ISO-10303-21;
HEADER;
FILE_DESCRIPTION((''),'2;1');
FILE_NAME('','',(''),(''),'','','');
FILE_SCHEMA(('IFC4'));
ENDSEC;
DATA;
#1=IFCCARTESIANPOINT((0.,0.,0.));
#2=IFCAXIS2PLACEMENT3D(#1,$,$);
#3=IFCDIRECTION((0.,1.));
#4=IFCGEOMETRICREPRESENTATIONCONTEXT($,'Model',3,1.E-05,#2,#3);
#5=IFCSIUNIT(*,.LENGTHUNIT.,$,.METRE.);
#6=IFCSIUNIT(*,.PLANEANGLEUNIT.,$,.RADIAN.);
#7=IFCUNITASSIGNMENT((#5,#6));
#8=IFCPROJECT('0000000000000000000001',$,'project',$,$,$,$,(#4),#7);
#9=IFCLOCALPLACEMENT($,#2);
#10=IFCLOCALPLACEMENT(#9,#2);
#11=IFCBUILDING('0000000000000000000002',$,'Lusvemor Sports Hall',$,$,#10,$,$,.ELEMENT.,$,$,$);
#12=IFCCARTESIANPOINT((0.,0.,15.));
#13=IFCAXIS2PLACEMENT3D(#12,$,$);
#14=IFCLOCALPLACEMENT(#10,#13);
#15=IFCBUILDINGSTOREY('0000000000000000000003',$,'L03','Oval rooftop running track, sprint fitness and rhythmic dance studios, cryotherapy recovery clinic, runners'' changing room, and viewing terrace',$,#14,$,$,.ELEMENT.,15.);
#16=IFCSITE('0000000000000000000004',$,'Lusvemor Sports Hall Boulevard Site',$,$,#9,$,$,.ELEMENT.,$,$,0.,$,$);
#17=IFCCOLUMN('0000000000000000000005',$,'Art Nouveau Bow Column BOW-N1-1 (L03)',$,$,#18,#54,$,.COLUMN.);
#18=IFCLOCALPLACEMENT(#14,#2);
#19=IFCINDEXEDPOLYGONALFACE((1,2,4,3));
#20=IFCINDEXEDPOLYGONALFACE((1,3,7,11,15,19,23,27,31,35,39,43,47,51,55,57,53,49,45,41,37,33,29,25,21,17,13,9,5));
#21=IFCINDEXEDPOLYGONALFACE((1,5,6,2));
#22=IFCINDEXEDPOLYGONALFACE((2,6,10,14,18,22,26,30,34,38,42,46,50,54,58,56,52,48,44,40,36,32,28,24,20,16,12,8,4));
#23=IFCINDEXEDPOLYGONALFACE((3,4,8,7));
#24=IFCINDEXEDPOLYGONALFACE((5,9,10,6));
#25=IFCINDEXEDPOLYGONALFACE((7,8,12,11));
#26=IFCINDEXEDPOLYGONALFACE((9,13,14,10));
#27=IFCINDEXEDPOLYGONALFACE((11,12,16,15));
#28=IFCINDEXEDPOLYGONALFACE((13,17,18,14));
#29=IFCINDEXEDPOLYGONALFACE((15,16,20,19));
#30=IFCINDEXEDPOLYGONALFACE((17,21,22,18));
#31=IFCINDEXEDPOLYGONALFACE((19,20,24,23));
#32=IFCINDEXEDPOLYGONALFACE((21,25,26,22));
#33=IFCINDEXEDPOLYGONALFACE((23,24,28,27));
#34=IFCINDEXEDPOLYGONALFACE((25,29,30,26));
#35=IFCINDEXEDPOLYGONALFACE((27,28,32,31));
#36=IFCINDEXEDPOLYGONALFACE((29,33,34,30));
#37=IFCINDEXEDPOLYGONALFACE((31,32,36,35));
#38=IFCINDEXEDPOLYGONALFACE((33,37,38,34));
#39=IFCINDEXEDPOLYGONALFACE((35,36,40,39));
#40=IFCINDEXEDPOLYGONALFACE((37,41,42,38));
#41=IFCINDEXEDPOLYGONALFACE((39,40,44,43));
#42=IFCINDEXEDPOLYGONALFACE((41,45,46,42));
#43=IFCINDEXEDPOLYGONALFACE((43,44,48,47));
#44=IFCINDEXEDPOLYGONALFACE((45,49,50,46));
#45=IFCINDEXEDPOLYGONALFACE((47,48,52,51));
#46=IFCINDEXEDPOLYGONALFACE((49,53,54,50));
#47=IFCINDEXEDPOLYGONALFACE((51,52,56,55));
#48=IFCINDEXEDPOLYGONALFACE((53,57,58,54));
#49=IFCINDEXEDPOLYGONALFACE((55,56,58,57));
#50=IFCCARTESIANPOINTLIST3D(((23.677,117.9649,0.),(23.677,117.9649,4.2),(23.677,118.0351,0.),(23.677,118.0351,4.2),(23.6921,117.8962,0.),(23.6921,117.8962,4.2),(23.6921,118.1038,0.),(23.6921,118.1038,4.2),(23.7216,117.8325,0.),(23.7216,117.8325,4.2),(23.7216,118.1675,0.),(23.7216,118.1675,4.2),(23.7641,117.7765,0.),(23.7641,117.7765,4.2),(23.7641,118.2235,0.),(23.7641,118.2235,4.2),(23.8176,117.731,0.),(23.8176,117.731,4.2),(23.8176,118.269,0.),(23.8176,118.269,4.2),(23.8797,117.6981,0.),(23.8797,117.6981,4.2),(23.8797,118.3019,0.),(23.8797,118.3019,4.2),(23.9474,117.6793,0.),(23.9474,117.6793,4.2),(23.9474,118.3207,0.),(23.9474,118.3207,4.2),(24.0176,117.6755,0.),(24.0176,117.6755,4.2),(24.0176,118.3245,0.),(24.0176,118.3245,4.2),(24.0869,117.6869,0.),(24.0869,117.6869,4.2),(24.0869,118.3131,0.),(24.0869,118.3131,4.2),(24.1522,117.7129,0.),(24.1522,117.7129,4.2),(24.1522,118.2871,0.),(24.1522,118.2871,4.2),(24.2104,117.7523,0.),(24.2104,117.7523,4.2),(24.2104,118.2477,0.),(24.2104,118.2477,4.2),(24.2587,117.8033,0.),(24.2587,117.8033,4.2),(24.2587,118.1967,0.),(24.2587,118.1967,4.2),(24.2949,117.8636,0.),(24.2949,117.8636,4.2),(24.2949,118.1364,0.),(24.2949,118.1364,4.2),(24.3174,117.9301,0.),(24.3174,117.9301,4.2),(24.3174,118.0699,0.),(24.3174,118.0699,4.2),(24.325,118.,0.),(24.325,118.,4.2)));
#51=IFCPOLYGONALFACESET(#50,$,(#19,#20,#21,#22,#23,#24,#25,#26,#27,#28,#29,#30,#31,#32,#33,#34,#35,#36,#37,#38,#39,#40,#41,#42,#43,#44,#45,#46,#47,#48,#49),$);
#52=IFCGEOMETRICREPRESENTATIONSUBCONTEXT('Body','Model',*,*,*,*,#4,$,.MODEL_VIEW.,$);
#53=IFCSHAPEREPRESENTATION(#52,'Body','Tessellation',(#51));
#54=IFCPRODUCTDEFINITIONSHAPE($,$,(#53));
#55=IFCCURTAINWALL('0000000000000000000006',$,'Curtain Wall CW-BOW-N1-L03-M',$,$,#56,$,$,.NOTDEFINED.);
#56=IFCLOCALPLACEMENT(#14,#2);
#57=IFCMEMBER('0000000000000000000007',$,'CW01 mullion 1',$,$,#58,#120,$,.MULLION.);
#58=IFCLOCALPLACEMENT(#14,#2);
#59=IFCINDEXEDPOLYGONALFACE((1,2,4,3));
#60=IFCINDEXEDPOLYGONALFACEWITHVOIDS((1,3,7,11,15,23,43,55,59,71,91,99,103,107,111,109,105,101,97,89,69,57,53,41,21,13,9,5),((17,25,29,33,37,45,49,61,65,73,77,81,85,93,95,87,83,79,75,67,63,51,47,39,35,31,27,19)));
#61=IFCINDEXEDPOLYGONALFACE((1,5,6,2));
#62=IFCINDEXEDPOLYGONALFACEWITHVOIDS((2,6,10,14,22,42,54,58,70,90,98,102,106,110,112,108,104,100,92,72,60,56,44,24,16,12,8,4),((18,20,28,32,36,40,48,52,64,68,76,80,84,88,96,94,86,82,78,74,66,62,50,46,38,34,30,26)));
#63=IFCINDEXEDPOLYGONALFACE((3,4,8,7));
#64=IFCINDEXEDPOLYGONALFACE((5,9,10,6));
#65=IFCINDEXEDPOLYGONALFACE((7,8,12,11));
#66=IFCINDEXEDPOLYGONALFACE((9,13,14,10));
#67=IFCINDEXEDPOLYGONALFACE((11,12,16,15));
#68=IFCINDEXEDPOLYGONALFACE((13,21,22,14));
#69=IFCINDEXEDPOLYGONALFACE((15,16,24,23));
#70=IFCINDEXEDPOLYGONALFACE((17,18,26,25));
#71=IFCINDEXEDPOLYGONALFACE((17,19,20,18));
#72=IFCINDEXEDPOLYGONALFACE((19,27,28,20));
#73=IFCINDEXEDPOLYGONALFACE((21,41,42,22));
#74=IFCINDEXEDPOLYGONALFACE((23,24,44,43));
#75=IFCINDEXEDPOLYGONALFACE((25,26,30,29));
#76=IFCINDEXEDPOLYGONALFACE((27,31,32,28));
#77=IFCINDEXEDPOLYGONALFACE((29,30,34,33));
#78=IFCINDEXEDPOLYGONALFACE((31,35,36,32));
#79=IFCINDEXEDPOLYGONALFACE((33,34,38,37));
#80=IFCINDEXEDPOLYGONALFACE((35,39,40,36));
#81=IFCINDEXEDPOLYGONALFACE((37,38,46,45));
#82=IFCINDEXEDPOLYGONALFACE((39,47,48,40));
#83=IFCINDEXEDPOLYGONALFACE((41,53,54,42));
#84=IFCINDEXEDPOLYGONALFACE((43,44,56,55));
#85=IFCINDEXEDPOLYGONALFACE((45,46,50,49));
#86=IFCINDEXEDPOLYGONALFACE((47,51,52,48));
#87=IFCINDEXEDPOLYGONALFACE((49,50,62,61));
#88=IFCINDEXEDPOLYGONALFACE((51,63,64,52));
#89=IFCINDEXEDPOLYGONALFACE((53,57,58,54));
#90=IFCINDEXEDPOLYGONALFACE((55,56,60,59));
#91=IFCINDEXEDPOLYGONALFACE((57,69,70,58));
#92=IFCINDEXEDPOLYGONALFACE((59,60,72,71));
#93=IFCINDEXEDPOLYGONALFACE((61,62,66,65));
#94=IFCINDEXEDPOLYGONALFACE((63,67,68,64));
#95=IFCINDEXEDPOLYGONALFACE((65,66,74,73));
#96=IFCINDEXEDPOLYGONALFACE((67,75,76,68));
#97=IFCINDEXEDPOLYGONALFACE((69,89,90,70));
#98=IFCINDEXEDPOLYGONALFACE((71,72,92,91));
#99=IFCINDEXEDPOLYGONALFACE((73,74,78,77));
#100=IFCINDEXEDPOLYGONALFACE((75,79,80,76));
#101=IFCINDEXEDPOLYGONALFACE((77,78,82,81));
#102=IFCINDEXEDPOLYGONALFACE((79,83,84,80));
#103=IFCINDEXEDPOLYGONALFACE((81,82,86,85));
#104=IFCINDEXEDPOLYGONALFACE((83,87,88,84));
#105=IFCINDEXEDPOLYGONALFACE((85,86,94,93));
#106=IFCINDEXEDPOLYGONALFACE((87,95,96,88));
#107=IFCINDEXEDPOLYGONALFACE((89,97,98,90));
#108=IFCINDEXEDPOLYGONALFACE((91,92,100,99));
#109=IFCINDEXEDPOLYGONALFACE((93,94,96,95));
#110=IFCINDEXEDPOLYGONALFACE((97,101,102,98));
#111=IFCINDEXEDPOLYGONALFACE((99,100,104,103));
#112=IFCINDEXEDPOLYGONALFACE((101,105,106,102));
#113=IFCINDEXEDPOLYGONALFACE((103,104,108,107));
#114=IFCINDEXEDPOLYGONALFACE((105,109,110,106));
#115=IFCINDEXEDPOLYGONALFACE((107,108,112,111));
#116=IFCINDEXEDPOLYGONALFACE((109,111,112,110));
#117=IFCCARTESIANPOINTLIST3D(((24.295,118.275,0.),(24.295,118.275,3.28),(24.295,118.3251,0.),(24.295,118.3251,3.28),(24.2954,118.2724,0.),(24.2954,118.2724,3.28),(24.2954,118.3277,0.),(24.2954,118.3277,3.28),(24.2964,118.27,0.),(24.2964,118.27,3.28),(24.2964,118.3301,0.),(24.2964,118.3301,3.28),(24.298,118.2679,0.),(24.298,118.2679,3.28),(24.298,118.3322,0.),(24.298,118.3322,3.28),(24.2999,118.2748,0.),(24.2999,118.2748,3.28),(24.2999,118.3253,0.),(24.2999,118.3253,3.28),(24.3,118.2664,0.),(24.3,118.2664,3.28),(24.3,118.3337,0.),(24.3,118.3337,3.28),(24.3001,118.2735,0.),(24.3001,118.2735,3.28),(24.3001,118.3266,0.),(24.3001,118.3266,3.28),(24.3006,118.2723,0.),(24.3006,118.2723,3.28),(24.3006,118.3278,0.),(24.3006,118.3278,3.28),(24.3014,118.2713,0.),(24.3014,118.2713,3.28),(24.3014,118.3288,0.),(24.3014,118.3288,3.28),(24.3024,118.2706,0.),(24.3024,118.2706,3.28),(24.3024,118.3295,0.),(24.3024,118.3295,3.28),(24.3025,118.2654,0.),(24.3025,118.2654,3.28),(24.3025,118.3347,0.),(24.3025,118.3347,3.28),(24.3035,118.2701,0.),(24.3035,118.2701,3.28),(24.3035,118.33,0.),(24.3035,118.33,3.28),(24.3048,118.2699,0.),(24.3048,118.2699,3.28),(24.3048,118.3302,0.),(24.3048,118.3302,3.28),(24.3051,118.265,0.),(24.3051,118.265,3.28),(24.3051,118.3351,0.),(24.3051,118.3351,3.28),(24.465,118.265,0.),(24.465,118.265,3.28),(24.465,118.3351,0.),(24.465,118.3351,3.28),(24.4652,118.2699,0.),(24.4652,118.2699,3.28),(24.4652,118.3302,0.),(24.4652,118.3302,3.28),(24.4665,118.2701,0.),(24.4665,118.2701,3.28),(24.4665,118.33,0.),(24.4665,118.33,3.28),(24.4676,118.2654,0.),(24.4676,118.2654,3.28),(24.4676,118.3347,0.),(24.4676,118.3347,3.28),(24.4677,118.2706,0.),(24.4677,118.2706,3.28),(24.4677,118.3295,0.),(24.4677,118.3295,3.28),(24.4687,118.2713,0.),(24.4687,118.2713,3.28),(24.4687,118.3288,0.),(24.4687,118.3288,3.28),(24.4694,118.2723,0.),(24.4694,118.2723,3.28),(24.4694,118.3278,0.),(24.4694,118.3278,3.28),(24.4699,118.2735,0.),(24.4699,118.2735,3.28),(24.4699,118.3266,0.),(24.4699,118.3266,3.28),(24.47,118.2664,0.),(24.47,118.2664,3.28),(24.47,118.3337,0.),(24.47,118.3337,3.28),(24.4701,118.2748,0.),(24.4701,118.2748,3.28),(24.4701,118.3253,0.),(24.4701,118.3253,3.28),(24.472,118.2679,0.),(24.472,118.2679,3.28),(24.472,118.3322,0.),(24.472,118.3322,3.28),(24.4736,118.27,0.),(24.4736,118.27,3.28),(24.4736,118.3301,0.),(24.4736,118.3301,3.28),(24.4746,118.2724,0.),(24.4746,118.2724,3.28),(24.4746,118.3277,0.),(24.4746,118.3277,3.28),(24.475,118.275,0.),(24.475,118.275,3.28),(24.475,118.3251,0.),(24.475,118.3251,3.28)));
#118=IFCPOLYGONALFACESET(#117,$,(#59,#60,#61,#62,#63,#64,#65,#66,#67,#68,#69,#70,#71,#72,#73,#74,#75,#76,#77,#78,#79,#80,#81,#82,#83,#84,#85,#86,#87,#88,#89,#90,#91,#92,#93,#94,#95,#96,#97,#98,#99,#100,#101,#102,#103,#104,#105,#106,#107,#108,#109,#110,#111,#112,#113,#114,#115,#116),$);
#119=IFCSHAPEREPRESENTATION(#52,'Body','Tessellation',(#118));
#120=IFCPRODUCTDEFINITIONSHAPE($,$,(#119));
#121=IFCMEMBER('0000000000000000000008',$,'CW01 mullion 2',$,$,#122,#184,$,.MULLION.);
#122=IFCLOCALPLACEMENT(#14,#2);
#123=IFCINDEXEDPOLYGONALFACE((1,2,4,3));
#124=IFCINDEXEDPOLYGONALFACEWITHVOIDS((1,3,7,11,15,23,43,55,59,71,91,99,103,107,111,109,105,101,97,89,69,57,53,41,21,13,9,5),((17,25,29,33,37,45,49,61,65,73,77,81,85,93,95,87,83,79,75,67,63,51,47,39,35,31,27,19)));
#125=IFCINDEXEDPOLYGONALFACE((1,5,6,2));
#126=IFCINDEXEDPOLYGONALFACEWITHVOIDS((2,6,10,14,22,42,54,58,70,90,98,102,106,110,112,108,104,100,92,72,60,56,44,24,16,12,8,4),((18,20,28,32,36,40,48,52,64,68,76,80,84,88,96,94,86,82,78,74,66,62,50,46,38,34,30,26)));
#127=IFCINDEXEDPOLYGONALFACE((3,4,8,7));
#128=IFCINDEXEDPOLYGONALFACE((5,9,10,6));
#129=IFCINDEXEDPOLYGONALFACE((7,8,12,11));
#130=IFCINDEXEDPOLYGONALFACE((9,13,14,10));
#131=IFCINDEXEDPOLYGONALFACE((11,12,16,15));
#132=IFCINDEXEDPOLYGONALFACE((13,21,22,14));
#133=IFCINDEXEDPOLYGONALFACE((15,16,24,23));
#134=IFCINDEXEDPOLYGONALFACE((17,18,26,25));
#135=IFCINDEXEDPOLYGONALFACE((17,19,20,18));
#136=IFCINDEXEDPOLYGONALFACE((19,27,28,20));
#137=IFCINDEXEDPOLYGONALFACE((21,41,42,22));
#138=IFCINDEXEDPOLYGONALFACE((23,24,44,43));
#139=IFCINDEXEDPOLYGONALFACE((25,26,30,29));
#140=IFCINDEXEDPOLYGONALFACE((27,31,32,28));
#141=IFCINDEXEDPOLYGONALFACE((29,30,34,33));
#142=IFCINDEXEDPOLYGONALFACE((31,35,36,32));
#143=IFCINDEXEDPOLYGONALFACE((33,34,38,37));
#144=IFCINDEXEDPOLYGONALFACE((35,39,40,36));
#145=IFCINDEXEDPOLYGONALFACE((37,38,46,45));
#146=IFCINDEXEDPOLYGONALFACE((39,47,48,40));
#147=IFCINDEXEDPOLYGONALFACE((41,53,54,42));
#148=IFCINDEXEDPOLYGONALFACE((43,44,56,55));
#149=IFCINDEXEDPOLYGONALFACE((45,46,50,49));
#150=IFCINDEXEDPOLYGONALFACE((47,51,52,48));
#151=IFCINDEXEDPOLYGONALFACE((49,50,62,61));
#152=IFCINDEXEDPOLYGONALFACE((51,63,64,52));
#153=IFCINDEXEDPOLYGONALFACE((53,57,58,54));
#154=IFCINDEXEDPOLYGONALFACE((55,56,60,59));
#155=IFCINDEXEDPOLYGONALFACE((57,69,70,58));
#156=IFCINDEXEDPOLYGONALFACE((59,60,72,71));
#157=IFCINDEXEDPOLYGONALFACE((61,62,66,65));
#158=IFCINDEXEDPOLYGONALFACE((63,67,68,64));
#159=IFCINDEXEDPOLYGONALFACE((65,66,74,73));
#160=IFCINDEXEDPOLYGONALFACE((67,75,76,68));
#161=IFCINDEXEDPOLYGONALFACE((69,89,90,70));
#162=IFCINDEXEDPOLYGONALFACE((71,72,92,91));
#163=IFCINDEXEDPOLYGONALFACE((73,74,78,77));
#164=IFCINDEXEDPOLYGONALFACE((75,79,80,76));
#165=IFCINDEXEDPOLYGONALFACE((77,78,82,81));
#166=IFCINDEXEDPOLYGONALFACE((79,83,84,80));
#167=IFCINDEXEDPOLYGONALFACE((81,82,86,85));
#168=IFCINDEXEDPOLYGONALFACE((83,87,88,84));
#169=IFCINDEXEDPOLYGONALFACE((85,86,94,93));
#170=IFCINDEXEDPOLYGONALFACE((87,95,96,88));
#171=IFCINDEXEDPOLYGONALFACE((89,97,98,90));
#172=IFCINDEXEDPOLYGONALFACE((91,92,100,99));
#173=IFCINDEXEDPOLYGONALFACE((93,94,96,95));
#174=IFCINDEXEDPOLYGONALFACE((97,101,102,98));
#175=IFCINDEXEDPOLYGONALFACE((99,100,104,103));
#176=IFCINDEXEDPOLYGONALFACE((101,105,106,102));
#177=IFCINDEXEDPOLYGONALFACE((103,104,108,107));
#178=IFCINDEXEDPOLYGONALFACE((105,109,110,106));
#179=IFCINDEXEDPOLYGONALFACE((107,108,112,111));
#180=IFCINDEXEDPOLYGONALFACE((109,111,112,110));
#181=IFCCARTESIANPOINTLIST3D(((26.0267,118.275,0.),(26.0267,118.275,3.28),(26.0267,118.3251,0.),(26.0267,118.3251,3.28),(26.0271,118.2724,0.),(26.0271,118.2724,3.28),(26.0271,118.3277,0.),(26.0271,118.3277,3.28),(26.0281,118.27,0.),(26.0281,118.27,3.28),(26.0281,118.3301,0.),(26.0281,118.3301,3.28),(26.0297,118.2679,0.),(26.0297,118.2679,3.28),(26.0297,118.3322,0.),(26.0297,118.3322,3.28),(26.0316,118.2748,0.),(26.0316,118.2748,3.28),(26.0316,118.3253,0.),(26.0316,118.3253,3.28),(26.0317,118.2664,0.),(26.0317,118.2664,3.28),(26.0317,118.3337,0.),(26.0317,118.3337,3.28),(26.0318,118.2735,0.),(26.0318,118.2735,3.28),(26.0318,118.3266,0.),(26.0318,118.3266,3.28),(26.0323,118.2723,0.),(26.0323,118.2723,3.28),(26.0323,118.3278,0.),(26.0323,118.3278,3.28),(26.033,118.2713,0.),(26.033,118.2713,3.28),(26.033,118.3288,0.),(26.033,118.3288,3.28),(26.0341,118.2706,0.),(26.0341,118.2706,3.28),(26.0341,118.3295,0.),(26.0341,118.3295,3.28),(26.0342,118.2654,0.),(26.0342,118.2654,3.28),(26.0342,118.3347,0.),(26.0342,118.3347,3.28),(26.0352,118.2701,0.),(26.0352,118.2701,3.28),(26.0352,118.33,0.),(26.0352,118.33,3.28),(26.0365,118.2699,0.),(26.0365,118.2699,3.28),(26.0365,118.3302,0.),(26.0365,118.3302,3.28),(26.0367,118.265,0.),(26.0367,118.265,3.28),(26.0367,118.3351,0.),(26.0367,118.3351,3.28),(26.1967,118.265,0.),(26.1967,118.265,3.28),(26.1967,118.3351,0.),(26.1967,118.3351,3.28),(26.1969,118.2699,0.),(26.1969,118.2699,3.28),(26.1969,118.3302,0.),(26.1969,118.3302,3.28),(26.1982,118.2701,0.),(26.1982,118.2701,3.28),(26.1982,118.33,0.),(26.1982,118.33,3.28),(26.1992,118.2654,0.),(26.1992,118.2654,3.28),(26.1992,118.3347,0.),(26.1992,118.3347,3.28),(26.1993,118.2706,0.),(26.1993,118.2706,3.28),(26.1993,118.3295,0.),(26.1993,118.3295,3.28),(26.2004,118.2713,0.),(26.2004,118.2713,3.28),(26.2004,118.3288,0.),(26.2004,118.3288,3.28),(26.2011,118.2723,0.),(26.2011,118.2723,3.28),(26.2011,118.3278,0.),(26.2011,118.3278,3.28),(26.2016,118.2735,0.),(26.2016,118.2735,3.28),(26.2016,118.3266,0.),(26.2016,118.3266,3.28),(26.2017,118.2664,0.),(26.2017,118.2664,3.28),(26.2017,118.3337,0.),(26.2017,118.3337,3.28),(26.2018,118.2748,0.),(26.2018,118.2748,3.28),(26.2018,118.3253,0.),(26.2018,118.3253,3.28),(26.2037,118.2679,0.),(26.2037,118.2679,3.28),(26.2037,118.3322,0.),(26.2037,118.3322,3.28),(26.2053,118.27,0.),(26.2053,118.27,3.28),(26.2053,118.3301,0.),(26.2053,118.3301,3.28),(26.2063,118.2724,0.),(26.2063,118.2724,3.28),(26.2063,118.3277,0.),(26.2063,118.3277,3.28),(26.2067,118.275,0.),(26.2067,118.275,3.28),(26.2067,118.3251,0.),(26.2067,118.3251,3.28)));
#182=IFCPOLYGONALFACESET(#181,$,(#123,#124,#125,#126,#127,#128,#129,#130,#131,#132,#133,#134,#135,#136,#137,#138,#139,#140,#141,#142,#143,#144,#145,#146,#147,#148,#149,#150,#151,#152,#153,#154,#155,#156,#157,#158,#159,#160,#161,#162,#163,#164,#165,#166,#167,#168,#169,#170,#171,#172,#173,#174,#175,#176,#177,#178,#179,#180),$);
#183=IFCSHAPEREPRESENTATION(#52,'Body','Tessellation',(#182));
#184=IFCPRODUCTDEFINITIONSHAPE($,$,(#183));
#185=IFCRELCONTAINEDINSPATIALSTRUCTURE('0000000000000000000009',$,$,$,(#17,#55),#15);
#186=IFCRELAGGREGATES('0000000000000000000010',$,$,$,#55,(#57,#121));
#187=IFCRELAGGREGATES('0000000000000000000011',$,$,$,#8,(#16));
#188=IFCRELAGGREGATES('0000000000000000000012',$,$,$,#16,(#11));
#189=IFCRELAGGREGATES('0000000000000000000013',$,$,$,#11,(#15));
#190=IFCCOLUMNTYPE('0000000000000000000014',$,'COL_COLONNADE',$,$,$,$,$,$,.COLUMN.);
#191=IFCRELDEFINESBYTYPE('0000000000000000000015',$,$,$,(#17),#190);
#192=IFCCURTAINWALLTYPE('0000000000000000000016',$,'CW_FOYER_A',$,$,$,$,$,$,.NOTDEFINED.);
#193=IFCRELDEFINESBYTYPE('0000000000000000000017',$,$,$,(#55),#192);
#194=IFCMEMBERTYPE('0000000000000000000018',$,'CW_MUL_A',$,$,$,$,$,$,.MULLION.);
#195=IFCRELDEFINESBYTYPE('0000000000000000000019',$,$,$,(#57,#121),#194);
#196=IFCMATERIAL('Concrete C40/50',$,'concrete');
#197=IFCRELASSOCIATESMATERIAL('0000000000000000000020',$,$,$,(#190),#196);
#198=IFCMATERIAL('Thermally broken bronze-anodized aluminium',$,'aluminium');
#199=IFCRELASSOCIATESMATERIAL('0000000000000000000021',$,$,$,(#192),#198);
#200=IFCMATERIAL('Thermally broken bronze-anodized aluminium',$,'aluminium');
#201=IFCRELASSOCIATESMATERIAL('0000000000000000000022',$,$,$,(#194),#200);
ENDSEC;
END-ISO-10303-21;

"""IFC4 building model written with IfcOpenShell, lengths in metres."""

from ifc_helpers import new_model, si_unit, direction, frame, origin, origin_2d, place, context, subcontext, project, spatial, hollow_rectangle, circle, extrude, material, material_profile, profile_set, type_object, element, aggregate, save


model = new_model("IFC4")

# Units and contexts
model_context = context("Model", 3, precision=1e-05, world=origin(), true_north=direction((0.0, 1.0)))
body_context = subcontext(model_context, "Body", "Model", "MODEL_VIEW")
ifc_project = project(units=[si_unit("LENGTHUNIT", "METRE"), si_unit("PLANEANGLEUNIT", "RADIAN")], contexts=[model_context])

# Site, building, storey
site_placement = place(None, origin())
site = spatial("IfcSite", under=ifc_project, at=site_placement, Name="Lusvemor Sports Hall Boulevard Site", CompositionType="ELEMENT", RefElevation=0.0)
building_placement = place(site_placement, origin())
building = spatial("IfcBuilding", under=site, at=building_placement, Name="Lusvemor Sports Hall", CompositionType="ELEMENT")
storey_placement = place(building_placement, frame((0.0, 0.0, 15.0)))
storey = spatial("IfcBuildingStorey", under=building, at=storey_placement, Name="L03", Description="Oval rooftop running track, sprint fitness and rhythmic dance studios, cryotherapy recovery clinic, runners' changing room, and viewing terrace", CompositionType="ELEMENT", Elevation=15.0)

# Column
ifc_material_1 = material(Name="Concrete C40/50", Category="concrete")
ifc_material_profile_1 = material_profile(ifc_material_1, circle(Radius=0.325, at=origin_2d()), Name="RCCIRC650")
ifc_profile_set_1 = profile_set([ifc_material_profile_1], Name="Concrete C40/50")
column_type = type_object("IfcColumnType", Name="COL_COLONNADE", PredefinedType="COLUMN", material=ifc_profile_set_1)
column_placement = place(storey_placement, frame((24.0, 118.0, 0.0), z_axis=(0.0, 0.0, 1.0), x_axis=(1.0, 0.0, 0.0)))
element("IfcColumn", 1, at=column_placement, inside=storey, type_object=column_type, Name="Art Nouveau Bow Column BOW-N1-1 (L03)", PredefinedType="COLUMN", context=body_context, shape_type="SweptSolid", body=[
    extrude(circle(Radius=0.325, at=origin_2d()), origin(), (0.0, 0.0, 1.0), 4.2),
])

# Curtain wall, members
ifc_material_2 = material(Name="Thermally broken bronze-anodized aluminium", Category="aluminium")
curtain_wall_type = type_object("IfcCurtainWallType", Name="CW_FOYER_A", PredefinedType="NOTDEFINED", material=ifc_material_2)
curtain_wall_placement = place(storey_placement, origin())
curtain_wall = element("IfcCurtainWall", 2, at=curtain_wall_placement, inside=storey, type_object=curtain_wall_type, Name="Curtain Wall CW-BOW-N1-L03-M", PredefinedType="NOTDEFINED")
ifc_material_3 = material(Name="Thermally broken bronze-anodized aluminium", Category="aluminium")
ifc_material_profile_2 = material_profile(ifc_material_3, hollow_rectangle(XDim=0.0701, YDim=0.1799, WallThickness=0.0049, InnerFilletRadius=0.0049, OuterFilletRadius=0.01, at=origin_2d()), Name="CWMUL180x70x5")
ifc_profile_set_2 = profile_set([ifc_material_profile_2], Name="Thermally broken bronze-anodized aluminium")
member_type_1 = type_object("IfcMemberType", Name="CW_MUL_A", PredefinedType="MULLION", material=ifc_profile_set_2)
member_1_placement = place(storey_placement, frame((24.385, 118.3, 0.0), z_axis=(0.0, 0.0, 1.0), x_axis=(0.0, 1.0, 0.0)))
member_1 = element("IfcMember", 3, at=member_1_placement, type_object=member_type_1, Name="CW01 mullion 1", PredefinedType="MULLION", context=body_context, shape_type="SweptSolid", body=[
    extrude(hollow_rectangle(XDim=0.0701, YDim=0.1799, WallThickness=0.0049, InnerFilletRadius=0.0049, OuterFilletRadius=0.01, at=origin_2d()), origin(), (0.0, 0.0, 1.0), 3.28),
])
member_2_placement = place(storey_placement, frame((26.1167, 118.3, 0.0), z_axis=(0.0, 0.0, 1.0), x_axis=(0.0, 1.0, 0.0)))
member_2 = element("IfcMember", 4, at=member_2_placement, type_object=member_type_1, Name="CW01 mullion 2", PredefinedType="MULLION", context=body_context, shape_type="SweptSolid", body=[
    extrude(hollow_rectangle(XDim=0.0701, YDim=0.1799, WallThickness=0.0049, InnerFilletRadius=0.0049, OuterFilletRadius=0.01, at=origin_2d()), origin(), (0.0, 0.0, 1.0), 3.28),
])

aggregate(curtain_wall, [member_1, member_2])

save(model, "model.ifc")
